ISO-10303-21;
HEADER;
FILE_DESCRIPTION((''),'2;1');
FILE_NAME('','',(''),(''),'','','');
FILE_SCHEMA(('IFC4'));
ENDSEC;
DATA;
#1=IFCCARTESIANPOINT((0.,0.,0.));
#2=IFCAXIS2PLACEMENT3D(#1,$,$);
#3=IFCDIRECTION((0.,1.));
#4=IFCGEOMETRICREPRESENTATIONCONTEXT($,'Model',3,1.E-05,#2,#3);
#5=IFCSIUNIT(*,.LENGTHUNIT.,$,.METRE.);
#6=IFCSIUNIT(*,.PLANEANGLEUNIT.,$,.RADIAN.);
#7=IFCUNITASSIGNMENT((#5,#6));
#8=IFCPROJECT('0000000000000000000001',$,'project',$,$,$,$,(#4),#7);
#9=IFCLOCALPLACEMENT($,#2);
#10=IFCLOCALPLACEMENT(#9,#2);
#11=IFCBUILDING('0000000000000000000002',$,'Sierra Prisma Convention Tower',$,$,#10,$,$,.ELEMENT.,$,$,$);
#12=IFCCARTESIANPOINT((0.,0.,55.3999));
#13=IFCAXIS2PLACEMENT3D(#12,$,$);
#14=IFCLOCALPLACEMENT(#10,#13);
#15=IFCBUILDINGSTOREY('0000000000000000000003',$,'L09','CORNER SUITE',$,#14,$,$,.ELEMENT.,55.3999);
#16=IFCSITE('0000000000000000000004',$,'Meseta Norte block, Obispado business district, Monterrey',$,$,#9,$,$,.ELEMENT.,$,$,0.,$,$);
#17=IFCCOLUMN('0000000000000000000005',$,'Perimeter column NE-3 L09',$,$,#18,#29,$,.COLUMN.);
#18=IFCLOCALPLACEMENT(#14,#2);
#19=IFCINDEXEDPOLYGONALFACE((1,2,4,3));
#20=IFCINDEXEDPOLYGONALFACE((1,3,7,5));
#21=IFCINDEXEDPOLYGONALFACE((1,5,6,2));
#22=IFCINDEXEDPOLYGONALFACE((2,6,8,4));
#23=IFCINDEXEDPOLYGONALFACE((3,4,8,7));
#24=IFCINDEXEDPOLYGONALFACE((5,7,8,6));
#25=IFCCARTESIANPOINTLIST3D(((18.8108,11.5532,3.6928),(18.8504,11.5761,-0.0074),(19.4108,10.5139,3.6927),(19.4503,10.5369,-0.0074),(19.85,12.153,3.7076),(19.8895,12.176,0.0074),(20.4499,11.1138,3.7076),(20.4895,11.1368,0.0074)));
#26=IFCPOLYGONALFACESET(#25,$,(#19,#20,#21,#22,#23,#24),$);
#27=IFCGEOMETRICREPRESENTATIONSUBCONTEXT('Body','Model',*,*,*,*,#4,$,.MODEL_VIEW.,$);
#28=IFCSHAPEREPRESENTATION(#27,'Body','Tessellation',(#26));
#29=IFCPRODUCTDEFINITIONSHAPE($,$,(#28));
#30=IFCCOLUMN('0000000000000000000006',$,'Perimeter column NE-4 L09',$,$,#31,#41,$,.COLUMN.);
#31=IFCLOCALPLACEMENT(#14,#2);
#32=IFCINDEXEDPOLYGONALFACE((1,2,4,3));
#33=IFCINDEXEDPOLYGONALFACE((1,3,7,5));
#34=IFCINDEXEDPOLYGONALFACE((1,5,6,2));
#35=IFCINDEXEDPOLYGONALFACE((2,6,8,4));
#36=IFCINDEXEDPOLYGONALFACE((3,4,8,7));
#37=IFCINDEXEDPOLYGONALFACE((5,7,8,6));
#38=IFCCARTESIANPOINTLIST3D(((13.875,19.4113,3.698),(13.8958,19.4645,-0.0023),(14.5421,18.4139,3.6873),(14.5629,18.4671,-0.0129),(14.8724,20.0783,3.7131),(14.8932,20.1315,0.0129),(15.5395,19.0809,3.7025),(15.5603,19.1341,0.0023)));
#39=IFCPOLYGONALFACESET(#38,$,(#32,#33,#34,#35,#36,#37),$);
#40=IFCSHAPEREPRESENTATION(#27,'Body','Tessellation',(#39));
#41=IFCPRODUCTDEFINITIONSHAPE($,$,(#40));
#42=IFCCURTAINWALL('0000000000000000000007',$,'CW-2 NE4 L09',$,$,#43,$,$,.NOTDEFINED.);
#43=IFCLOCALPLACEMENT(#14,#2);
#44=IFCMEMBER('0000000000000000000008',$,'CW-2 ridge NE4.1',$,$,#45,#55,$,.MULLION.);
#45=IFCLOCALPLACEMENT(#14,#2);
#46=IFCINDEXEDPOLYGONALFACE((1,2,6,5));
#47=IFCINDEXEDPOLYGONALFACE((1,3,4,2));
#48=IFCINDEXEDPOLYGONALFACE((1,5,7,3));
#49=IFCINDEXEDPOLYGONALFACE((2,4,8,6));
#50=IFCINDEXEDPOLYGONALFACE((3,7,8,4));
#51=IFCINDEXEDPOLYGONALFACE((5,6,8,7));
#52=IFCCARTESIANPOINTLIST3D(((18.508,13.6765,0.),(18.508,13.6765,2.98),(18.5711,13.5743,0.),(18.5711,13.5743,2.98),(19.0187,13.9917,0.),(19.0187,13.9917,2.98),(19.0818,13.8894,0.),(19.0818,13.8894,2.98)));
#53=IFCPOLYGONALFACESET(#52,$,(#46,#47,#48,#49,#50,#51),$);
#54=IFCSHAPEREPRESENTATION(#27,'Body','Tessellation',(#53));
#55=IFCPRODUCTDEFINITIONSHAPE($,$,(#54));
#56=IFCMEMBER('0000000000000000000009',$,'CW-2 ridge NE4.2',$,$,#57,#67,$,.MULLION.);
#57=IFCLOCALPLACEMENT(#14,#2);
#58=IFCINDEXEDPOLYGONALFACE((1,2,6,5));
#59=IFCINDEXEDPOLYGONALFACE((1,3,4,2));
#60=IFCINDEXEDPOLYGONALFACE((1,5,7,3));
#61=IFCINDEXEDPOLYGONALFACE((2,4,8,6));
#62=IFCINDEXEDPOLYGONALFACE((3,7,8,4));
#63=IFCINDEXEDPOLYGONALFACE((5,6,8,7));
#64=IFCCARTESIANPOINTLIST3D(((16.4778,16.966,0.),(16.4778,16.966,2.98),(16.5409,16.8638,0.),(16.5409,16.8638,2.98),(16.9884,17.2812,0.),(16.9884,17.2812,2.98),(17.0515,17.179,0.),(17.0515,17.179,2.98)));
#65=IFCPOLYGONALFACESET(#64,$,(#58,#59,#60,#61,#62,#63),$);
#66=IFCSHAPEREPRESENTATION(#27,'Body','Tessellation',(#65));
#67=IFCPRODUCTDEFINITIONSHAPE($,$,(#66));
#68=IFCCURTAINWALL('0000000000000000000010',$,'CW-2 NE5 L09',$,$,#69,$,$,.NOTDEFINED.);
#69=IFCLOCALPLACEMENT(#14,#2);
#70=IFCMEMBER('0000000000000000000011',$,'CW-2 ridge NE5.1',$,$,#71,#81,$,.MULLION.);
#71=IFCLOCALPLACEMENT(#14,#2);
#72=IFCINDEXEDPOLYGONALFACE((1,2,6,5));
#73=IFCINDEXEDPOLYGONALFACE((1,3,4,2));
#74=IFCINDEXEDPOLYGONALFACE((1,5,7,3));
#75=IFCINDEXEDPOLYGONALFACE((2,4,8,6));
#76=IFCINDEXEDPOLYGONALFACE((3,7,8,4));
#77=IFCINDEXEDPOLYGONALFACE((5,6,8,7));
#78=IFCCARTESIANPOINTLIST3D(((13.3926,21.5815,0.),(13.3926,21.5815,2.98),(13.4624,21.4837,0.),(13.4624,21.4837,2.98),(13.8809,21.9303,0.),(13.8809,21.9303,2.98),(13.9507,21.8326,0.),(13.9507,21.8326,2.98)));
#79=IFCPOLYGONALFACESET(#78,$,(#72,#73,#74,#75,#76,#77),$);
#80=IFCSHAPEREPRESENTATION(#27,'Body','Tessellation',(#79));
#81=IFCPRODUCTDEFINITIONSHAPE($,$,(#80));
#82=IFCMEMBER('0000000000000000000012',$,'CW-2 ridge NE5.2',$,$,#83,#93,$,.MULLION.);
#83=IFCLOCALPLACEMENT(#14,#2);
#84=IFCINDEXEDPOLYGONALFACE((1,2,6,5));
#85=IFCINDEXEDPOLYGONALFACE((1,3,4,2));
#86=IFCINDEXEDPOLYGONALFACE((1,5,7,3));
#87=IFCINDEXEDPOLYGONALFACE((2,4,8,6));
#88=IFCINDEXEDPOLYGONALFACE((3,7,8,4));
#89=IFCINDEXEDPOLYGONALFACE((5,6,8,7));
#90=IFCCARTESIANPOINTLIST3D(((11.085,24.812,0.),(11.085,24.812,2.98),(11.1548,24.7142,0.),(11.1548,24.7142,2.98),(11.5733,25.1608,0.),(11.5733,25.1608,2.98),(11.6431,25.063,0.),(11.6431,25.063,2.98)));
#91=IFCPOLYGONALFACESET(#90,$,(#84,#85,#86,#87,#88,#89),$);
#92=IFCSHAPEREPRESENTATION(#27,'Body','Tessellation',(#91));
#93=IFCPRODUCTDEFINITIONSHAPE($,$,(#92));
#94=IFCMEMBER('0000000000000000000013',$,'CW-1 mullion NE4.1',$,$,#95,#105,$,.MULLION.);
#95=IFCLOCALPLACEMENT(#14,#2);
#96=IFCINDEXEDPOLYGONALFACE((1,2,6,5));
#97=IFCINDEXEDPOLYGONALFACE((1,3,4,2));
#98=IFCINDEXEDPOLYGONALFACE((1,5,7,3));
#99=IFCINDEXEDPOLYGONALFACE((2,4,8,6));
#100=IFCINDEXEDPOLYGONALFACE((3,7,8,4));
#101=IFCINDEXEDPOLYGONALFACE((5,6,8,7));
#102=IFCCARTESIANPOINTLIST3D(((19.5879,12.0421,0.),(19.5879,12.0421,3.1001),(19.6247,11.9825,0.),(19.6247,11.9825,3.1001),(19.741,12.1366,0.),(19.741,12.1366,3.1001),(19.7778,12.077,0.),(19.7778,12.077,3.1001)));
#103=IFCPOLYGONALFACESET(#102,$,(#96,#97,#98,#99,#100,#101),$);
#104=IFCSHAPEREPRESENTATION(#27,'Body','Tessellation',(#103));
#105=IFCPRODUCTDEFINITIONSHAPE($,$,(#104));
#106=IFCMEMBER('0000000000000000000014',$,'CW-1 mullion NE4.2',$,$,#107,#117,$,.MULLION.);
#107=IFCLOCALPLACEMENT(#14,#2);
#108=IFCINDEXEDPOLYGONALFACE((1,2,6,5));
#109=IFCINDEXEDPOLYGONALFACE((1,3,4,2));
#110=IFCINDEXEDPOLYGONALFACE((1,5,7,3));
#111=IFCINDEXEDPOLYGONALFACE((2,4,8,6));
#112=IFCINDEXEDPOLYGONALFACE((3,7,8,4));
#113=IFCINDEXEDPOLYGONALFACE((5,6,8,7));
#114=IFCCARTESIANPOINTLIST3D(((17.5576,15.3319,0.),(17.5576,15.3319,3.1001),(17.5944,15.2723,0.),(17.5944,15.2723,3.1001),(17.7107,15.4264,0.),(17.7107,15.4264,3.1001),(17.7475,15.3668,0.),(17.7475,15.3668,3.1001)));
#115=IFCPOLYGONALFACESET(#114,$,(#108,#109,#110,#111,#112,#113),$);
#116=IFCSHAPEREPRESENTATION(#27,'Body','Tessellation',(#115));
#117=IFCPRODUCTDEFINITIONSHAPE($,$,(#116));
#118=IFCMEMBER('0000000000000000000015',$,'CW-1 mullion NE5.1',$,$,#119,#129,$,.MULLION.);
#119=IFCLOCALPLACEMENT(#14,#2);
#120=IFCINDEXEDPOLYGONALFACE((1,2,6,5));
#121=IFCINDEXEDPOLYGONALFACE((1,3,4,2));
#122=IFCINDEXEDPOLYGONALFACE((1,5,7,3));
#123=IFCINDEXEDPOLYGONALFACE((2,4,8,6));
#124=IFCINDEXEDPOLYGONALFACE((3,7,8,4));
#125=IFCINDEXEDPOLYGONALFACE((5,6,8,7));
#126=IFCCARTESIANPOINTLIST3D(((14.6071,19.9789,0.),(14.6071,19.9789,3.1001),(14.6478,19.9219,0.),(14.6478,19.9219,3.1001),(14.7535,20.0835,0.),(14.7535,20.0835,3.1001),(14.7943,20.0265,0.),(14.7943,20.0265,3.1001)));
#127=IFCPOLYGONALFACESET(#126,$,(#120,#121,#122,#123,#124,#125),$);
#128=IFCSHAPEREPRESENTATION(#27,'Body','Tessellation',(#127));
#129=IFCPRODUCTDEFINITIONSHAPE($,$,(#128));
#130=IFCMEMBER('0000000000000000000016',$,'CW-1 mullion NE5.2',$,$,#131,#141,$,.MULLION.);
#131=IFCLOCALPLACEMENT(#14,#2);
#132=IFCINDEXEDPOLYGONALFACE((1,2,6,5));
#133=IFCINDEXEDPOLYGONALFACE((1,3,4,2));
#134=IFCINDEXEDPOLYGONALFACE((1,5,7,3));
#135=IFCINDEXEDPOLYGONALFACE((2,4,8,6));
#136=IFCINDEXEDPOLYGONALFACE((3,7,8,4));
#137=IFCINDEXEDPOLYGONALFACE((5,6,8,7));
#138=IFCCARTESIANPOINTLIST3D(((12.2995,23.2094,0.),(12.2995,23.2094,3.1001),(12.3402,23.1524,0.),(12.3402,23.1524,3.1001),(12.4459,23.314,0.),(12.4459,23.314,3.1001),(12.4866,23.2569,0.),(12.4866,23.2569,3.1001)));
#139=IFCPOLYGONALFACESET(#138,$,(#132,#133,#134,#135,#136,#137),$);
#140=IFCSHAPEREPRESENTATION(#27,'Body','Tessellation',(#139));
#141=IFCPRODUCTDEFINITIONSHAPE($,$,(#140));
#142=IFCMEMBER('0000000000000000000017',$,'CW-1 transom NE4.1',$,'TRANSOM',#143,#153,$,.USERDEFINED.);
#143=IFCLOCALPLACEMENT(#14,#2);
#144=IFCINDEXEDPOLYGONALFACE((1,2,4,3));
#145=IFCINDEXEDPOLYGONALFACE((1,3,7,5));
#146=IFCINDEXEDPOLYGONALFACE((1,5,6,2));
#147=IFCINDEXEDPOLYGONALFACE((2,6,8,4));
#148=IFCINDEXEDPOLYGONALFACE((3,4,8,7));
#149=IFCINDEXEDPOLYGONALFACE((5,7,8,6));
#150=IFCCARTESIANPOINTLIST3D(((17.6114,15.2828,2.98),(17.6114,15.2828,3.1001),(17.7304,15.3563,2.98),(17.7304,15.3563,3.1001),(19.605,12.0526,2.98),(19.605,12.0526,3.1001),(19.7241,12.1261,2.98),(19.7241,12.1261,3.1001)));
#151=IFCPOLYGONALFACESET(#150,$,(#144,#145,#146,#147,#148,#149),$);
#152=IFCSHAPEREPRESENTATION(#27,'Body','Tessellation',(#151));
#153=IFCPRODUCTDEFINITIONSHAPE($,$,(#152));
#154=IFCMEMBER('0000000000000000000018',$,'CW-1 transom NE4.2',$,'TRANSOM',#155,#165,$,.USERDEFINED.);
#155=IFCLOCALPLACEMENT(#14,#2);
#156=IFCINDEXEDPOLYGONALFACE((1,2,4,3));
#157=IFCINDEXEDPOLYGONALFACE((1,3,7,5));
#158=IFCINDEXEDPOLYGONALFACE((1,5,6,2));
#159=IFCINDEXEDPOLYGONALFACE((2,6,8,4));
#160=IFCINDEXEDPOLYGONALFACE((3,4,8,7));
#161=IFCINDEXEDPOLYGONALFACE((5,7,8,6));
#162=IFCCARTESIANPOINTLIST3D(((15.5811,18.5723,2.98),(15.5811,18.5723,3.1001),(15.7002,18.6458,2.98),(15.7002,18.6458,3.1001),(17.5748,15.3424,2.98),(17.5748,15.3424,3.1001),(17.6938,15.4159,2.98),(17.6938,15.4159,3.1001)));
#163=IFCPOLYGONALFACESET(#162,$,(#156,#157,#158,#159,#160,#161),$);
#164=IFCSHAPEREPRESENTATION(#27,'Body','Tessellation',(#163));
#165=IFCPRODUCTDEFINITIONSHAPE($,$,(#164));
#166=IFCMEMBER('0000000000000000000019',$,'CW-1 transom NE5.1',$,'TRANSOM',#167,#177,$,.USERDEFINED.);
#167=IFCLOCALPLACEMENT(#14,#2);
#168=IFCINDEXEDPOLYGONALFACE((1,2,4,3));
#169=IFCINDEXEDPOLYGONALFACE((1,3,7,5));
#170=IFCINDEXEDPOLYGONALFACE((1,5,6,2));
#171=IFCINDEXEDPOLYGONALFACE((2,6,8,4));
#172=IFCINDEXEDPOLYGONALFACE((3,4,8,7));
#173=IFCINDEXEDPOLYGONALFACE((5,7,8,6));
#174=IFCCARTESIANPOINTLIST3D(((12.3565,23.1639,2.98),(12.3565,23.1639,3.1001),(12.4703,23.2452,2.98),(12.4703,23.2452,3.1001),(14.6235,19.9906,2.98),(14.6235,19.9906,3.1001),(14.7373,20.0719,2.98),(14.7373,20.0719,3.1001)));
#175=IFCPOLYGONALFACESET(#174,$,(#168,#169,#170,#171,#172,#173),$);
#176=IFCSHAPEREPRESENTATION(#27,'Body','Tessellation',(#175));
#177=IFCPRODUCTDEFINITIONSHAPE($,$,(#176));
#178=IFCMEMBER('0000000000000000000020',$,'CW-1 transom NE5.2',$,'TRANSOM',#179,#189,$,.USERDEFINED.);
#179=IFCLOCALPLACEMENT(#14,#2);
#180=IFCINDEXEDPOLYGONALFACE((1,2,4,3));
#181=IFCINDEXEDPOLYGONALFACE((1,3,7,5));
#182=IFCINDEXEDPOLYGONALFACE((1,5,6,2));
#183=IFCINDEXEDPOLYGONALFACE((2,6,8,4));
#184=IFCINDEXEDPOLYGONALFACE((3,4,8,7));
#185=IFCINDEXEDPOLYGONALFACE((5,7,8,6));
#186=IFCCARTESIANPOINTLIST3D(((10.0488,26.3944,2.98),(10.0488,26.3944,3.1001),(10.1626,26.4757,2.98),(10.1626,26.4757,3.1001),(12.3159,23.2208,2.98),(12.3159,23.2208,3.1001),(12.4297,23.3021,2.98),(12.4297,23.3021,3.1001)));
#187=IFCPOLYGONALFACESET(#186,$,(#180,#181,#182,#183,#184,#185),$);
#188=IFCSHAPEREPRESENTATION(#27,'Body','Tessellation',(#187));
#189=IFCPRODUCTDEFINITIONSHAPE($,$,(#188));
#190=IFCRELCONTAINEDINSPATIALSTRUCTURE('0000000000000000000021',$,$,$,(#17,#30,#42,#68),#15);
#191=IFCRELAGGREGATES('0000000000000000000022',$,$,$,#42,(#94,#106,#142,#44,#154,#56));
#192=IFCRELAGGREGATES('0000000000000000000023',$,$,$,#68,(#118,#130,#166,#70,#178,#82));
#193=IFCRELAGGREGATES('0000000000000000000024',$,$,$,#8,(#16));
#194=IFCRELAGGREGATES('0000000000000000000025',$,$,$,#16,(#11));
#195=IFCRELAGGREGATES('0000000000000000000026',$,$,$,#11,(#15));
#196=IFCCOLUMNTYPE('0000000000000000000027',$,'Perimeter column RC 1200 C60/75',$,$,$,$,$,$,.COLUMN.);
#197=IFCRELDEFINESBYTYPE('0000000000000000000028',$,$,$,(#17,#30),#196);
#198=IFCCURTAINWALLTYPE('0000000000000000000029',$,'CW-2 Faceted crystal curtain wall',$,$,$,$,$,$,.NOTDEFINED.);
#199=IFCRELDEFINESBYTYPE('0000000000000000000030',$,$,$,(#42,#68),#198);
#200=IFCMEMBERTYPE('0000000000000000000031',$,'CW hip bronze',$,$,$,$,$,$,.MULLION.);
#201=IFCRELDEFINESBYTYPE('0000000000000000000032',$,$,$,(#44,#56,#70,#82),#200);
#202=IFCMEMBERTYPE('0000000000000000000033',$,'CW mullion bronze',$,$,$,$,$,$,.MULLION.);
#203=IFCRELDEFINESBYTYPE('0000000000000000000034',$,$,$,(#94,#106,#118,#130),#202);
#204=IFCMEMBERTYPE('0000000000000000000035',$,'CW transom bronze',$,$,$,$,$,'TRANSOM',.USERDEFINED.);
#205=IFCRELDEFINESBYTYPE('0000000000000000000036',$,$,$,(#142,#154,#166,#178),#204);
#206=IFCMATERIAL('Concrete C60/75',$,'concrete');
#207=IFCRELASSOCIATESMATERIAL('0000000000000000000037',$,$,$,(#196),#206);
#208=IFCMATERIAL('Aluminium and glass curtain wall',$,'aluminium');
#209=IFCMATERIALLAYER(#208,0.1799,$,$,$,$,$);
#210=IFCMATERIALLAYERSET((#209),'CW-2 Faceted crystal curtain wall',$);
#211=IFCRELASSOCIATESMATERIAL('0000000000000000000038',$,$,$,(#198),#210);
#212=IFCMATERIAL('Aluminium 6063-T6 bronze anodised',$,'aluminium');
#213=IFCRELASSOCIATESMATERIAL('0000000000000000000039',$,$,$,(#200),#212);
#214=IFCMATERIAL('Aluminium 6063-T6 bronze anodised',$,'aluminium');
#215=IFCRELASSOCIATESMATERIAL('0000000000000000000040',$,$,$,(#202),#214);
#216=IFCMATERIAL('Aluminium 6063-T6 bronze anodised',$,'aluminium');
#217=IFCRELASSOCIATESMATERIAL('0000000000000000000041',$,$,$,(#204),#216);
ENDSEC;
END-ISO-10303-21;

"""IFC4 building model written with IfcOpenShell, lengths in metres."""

from ifc_helpers import new_model, si_unit, direction, frame, origin, origin_2d, place, context, subcontext, project, spatial, rectangle, extrude, material, layer, layer_set, material_profile, profile_set, type_object, element, aggregate, save


model = new_model("IFC4")

# Units and contexts
model_context = context("Model", 3, precision=1e-05, world=origin(), true_north=direction((0.0, 1.0)))
body_context = subcontext(model_context, "Body", "Model", "MODEL_VIEW")
ifc_project = project(units=[si_unit("LENGTHUNIT", "METRE"), si_unit("PLANEANGLEUNIT", "RADIAN")], contexts=[model_context])

# Site, building, storey
site_placement = place(None, origin())
site = spatial("IfcSite", under=ifc_project, at=site_placement, Name="Meseta Norte block, Obispado business district, Monterrey", CompositionType="ELEMENT", RefElevation=0.0)
building_placement = place(site_placement, origin())
building = spatial("IfcBuilding", under=site, at=building_placement, Name="Sierra Prisma Convention Tower", CompositionType="ELEMENT")
storey_placement = place(building_placement, frame((0.0, 0.0, 55.3999)))
storey = spatial("IfcBuildingStorey", under=building, at=storey_placement, Name="L09", Description="CORNER SUITE", CompositionType="ELEMENT", Elevation=55.3999)

# Columns
ifc_material_1 = material(Name="Concrete C60/75", Category="concrete")
ifc_material_profile_1 = material_profile(ifc_material_1, rectangle(XDim=1.2, YDim=1.2, at=origin_2d()), Name="Perimeter column RC 1200 C60/75")
ifc_profile_set_1 = profile_set([ifc_material_profile_1], Name="Concrete C60/75")
column_type = type_object("IfcColumnType", Name="Perimeter column RC 1200 C60/75", PredefinedType="COLUMN", material=ifc_profile_set_1)
column_1_placement = place(storey_placement, frame((19.6699, 11.3564, 0.0), z_axis=(-0.010688, -0.006202, 0.999924), x_axis=(-0.499971, 0.866042, 0.000027)))
element("IfcColumn", 1, at=column_1_placement, inside=storey, type_object=column_type, Name="Perimeter column NE-3 L09", PredefinedType="COLUMN", context=body_context, shape_type="SweptSolid", body=[
    extrude(rectangle(XDim=1.2, YDim=1.2, at=origin_2d()), origin(), (0.0, 0.0, 1.0), 3.7004),
])
column_2_placement = place(storey_placement, frame((14.728, 19.2993, 0.0), z_axis=(-0.005608, -0.014382, 0.999881), x_axis=(-0.555949, 0.831169, 0.008837)))
element("IfcColumn", 2, at=column_2_placement, inside=storey, type_object=column_type, Name="Perimeter column NE-4 L09", PredefinedType="COLUMN", context=body_context, shape_type="SweptSolid", body=[
    extrude(rectangle(XDim=1.2, YDim=1.2, at=origin_2d()), origin(), (0.0, 0.0, 1.0), 3.7007),
])

# Curtain walls, members
ifc_material_2 = material(Name="Aluminium and glass curtain wall", Category="aluminium")
ifc_layer_1 = layer(ifc_material_2, 0.1799)
ifc_layer_set_1 = layer_set([ifc_layer_1], Name="CW-2 Faceted crystal curtain wall")
curtain_wall_type = type_object("IfcCurtainWallType", Name="CW-2 Faceted crystal curtain wall", PredefinedType="NOTDEFINED", material=ifc_layer_set_1)
curtain_wall_1_placement = place(storey_placement, origin())
curtain_wall_1 = element("IfcCurtainWall", 3, at=curtain_wall_1_placement, inside=storey, type_object=curtain_wall_type, Name="CW-2 NE4 L09", PredefinedType="NOTDEFINED")
ifc_material_3 = material(Name="Aluminium 6063-T6 bronze anodised", Category="aluminium")
ifc_material_profile_2 = material_profile(ifc_material_3, rectangle(XDim=0.1201, YDim=0.6001, at=origin_2d()), Name="ALU RIDGE BLADE 120x600")
ifc_profile_set_2 = profile_set([ifc_material_profile_2], Name="Aluminium 6063-T6 bronze anodised")
member_type_1 = type_object("IfcMemberType", Name="CW hip bronze", PredefinedType="MULLION", material=ifc_profile_set_2)
member_1_placement = place(storey_placement, frame((18.7949, 13.783, 0.0), z_axis=(0.0, 0.0, 1.0), x_axis=(-0.525194, 0.850982, 0.0)))
member_1 = element("IfcMember", 4, at=member_1_placement, type_object=member_type_1, Name="CW-2 ridge NE4.1", PredefinedType="MULLION", context=body_context, shape_type="SweptSolid", body=[
    extrude(rectangle(XDim=0.1201, YDim=0.6001, at=origin_2d()), origin(), (0.0, 0.0, 1.0), 2.98),
])
member_2_placement = place(storey_placement, frame((16.7646, 17.0725, 0.0), z_axis=(0.0, 0.0, 1.0), x_axis=(-0.525194, 0.850982, 0.0)))
member_2 = element("IfcMember", 5, at=member_2_placement, type_object=member_type_1, Name="CW-2 ridge NE4.2", PredefinedType="MULLION", context=body_context, shape_type="SweptSolid", body=[
    extrude(rectangle(XDim=0.1201, YDim=0.6001, at=origin_2d()), origin(), (0.0, 0.0, 1.0), 2.98),
])
curtain_wall_2_placement = place(storey_placement, origin())
curtain_wall_2 = element("IfcCurtainWall", 6, at=curtain_wall_2_placement, inside=storey, type_object=curtain_wall_type, Name="CW-2 NE5 L09", PredefinedType="NOTDEFINED")
member_3_placement = place(storey_placement, frame((13.6716, 21.707, 0.0), z_axis=(0.0, 0.0, 1.0), x_axis=(-0.581283, 0.813701, 0.0)))
member_3 = element("IfcMember", 7, at=member_3_placement, type_object=member_type_1, Name="CW-2 ridge NE5.1", PredefinedType="MULLION", context=body_context, shape_type="SweptSolid", body=[
    extrude(rectangle(XDim=0.1201, YDim=0.6001, at=origin_2d()), origin(), (0.0, 0.0, 1.0), 2.98),
])
member_4_placement = place(storey_placement, frame((11.364, 24.9375, 0.0), z_axis=(0.0, 0.0, 1.0), x_axis=(-0.581283, 0.813701, 0.0)))
member_4 = element("IfcMember", 8, at=member_4_placement, type_object=member_type_1, Name="CW-2 ridge NE5.2", PredefinedType="MULLION", context=body_context, shape_type="SweptSolid", body=[
    extrude(rectangle(XDim=0.1201, YDim=0.6001, at=origin_2d()), origin(), (0.0, 0.0, 1.0), 2.98),
])

# Members
ifc_material_4 = material(Name="Aluminium 6063-T6 bronze anodised", Category="aluminium")
ifc_material_profile_3 = material_profile(ifc_material_4, rectangle(XDim=0.1799, YDim=0.0701, at=origin_2d()), Name="ALU MULLION 70x180")
ifc_profile_set_3 = profile_set([ifc_material_profile_3], Name="Aluminium 6063-T6 bronze anodised")
member_type_2 = type_object("IfcMemberType", Name="CW mullion bronze", PredefinedType="MULLION", material=ifc_profile_set_3)
member_5_placement = place(storey_placement, frame((19.6829, 12.0596, 0.0), z_axis=(0.0, 0.0, 1.0), x_axis=(-0.850982, -0.525194, 0.0)))
member_5 = element("IfcMember", 9, at=member_5_placement, type_object=member_type_2, Name="CW-1 mullion NE4.1", PredefinedType="MULLION", context=body_context, shape_type="SweptSolid", body=[
    extrude(rectangle(XDim=0.1799, YDim=0.0701, at=origin_2d()), origin(), (0.0, 0.0, 1.0), 3.1001),
])
member_6_placement = place(storey_placement, frame((17.6526, 15.3494, 0.0), z_axis=(0.0, 0.0, 1.0), x_axis=(-0.850982, -0.525194, 0.0)))
member_6 = element("IfcMember", 10, at=member_6_placement, type_object=member_type_2, Name="CW-1 mullion NE4.2", PredefinedType="MULLION", context=body_context, shape_type="SweptSolid", body=[
    extrude(rectangle(XDim=0.1799, YDim=0.0701, at=origin_2d()), origin(), (0.0, 0.0, 1.0), 3.1001),
])
member_7_placement = place(storey_placement, frame((14.7007, 20.0027, 0.0), z_axis=(0.0, 0.0, 1.0), x_axis=(-0.813701, -0.581283, 0.0)))
member_7 = element("IfcMember", 11, at=member_7_placement, type_object=member_type_2, Name="CW-1 mullion NE5.1", PredefinedType="MULLION", context=body_context, shape_type="SweptSolid", body=[
    extrude(rectangle(XDim=0.1799, YDim=0.0701, at=origin_2d()), origin(), (0.0, 0.0, 1.0), 3.1001),
])
member_8_placement = place(storey_placement, frame((12.3931, 23.2332, 0.0), z_axis=(0.0, 0.0, 1.0), x_axis=(-0.813701, -0.581283, 0.0)))
member_8 = element("IfcMember", 12, at=member_8_placement, type_object=member_type_2, Name="CW-1 mullion NE5.2", PredefinedType="MULLION", context=body_context, shape_type="SweptSolid", body=[
    extrude(rectangle(XDim=0.1799, YDim=0.0701, at=origin_2d()), origin(), (0.0, 0.0, 1.0), 3.1001),
])
ifc_material_5 = material(Name="Aluminium 6063-T6 bronze anodised", Category="aluminium")
ifc_material_profile_4 = material_profile(ifc_material_5, rectangle(XDim=0.1399, YDim=0.1201, at=origin_2d()), Name="ALU TRANSOM 120x140")
ifc_profile_set_4 = profile_set([ifc_material_profile_4], Name="Aluminium 6063-T6 bronze anodised")
member_type_3 = type_object("IfcMemberType", Name="CW transom bronze", ElementType="TRANSOM", PredefinedType="USERDEFINED", material=ifc_profile_set_4)
member_9_placement = place(storey_placement, frame((19.6646, 12.0894, 3.04), z_axis=(-0.525209, 0.850973, 0.0), x_axis=(-0.850973, -0.525209, 0.0)))
member_9 = element("IfcMember", 13, at=member_9_placement, type_object=member_type_3, Name="CW-1 transom NE4.1", ObjectType="TRANSOM", PredefinedType="USERDEFINED", context=body_context, shape_type="SweptSolid", body=[
    extrude(rectangle(XDim=0.1399, YDim=0.1201, at=origin_2d()), origin(), (0.0, 0.0, 1.0), 3.7959),
])
member_10_placement = place(storey_placement, frame((17.6343, 15.3792, 3.04), z_axis=(-0.525238, 0.850955, 0.0), x_axis=(-0.850955, -0.525238, 0.0)))
member_10 = element("IfcMember", 14, at=member_10_placement, type_object=member_type_3, Name="CW-1 transom NE4.2", ObjectType="TRANSOM", PredefinedType="USERDEFINED", context=body_context, shape_type="SweptSolid", body=[
    extrude(rectangle(XDim=0.1399, YDim=0.1201, at=origin_2d()), origin(), (0.0, 0.0, 1.0), 3.7957),
])
member_11_placement = place(storey_placement, frame((14.6804, 20.0312, 3.04), z_axis=(-0.581309, 0.813683, 0.0), x_axis=(-0.813683, -0.581309, 0.0)))
member_11 = element("IfcMember", 15, at=member_11_placement, type_object=member_type_3, Name="CW-1 transom NE5.1", ObjectType="TRANSOM", PredefinedType="USERDEFINED", context=body_context, shape_type="SweptSolid", body=[
    extrude(rectangle(XDim=0.1399, YDim=0.1201, at=origin_2d()), origin(), (0.0, 0.0, 1.0), 3.8999),
])
member_12_placement = place(storey_placement, frame((12.3728, 23.2615, 3.04), z_axis=(-0.58128, 0.813704, 0.0), x_axis=(-0.813704, -0.58128, 0.0)))
member_12 = element("IfcMember", 16, at=member_12_placement, type_object=member_type_3, Name="CW-1 transom NE5.2", ObjectType="TRANSOM", PredefinedType="USERDEFINED", context=body_context, shape_type="SweptSolid", body=[
    extrude(rectangle(XDim=0.1399, YDim=0.1201, at=origin_2d()), origin(), (0.0, 0.0, 1.0), 3.9001),
])

aggregate(curtain_wall_1, [member_5, member_6, member_9, member_1, member_10, member_2])
aggregate(curtain_wall_2, [member_7, member_8, member_11, member_3, member_12, member_4])

save(model, "model.ifc")
